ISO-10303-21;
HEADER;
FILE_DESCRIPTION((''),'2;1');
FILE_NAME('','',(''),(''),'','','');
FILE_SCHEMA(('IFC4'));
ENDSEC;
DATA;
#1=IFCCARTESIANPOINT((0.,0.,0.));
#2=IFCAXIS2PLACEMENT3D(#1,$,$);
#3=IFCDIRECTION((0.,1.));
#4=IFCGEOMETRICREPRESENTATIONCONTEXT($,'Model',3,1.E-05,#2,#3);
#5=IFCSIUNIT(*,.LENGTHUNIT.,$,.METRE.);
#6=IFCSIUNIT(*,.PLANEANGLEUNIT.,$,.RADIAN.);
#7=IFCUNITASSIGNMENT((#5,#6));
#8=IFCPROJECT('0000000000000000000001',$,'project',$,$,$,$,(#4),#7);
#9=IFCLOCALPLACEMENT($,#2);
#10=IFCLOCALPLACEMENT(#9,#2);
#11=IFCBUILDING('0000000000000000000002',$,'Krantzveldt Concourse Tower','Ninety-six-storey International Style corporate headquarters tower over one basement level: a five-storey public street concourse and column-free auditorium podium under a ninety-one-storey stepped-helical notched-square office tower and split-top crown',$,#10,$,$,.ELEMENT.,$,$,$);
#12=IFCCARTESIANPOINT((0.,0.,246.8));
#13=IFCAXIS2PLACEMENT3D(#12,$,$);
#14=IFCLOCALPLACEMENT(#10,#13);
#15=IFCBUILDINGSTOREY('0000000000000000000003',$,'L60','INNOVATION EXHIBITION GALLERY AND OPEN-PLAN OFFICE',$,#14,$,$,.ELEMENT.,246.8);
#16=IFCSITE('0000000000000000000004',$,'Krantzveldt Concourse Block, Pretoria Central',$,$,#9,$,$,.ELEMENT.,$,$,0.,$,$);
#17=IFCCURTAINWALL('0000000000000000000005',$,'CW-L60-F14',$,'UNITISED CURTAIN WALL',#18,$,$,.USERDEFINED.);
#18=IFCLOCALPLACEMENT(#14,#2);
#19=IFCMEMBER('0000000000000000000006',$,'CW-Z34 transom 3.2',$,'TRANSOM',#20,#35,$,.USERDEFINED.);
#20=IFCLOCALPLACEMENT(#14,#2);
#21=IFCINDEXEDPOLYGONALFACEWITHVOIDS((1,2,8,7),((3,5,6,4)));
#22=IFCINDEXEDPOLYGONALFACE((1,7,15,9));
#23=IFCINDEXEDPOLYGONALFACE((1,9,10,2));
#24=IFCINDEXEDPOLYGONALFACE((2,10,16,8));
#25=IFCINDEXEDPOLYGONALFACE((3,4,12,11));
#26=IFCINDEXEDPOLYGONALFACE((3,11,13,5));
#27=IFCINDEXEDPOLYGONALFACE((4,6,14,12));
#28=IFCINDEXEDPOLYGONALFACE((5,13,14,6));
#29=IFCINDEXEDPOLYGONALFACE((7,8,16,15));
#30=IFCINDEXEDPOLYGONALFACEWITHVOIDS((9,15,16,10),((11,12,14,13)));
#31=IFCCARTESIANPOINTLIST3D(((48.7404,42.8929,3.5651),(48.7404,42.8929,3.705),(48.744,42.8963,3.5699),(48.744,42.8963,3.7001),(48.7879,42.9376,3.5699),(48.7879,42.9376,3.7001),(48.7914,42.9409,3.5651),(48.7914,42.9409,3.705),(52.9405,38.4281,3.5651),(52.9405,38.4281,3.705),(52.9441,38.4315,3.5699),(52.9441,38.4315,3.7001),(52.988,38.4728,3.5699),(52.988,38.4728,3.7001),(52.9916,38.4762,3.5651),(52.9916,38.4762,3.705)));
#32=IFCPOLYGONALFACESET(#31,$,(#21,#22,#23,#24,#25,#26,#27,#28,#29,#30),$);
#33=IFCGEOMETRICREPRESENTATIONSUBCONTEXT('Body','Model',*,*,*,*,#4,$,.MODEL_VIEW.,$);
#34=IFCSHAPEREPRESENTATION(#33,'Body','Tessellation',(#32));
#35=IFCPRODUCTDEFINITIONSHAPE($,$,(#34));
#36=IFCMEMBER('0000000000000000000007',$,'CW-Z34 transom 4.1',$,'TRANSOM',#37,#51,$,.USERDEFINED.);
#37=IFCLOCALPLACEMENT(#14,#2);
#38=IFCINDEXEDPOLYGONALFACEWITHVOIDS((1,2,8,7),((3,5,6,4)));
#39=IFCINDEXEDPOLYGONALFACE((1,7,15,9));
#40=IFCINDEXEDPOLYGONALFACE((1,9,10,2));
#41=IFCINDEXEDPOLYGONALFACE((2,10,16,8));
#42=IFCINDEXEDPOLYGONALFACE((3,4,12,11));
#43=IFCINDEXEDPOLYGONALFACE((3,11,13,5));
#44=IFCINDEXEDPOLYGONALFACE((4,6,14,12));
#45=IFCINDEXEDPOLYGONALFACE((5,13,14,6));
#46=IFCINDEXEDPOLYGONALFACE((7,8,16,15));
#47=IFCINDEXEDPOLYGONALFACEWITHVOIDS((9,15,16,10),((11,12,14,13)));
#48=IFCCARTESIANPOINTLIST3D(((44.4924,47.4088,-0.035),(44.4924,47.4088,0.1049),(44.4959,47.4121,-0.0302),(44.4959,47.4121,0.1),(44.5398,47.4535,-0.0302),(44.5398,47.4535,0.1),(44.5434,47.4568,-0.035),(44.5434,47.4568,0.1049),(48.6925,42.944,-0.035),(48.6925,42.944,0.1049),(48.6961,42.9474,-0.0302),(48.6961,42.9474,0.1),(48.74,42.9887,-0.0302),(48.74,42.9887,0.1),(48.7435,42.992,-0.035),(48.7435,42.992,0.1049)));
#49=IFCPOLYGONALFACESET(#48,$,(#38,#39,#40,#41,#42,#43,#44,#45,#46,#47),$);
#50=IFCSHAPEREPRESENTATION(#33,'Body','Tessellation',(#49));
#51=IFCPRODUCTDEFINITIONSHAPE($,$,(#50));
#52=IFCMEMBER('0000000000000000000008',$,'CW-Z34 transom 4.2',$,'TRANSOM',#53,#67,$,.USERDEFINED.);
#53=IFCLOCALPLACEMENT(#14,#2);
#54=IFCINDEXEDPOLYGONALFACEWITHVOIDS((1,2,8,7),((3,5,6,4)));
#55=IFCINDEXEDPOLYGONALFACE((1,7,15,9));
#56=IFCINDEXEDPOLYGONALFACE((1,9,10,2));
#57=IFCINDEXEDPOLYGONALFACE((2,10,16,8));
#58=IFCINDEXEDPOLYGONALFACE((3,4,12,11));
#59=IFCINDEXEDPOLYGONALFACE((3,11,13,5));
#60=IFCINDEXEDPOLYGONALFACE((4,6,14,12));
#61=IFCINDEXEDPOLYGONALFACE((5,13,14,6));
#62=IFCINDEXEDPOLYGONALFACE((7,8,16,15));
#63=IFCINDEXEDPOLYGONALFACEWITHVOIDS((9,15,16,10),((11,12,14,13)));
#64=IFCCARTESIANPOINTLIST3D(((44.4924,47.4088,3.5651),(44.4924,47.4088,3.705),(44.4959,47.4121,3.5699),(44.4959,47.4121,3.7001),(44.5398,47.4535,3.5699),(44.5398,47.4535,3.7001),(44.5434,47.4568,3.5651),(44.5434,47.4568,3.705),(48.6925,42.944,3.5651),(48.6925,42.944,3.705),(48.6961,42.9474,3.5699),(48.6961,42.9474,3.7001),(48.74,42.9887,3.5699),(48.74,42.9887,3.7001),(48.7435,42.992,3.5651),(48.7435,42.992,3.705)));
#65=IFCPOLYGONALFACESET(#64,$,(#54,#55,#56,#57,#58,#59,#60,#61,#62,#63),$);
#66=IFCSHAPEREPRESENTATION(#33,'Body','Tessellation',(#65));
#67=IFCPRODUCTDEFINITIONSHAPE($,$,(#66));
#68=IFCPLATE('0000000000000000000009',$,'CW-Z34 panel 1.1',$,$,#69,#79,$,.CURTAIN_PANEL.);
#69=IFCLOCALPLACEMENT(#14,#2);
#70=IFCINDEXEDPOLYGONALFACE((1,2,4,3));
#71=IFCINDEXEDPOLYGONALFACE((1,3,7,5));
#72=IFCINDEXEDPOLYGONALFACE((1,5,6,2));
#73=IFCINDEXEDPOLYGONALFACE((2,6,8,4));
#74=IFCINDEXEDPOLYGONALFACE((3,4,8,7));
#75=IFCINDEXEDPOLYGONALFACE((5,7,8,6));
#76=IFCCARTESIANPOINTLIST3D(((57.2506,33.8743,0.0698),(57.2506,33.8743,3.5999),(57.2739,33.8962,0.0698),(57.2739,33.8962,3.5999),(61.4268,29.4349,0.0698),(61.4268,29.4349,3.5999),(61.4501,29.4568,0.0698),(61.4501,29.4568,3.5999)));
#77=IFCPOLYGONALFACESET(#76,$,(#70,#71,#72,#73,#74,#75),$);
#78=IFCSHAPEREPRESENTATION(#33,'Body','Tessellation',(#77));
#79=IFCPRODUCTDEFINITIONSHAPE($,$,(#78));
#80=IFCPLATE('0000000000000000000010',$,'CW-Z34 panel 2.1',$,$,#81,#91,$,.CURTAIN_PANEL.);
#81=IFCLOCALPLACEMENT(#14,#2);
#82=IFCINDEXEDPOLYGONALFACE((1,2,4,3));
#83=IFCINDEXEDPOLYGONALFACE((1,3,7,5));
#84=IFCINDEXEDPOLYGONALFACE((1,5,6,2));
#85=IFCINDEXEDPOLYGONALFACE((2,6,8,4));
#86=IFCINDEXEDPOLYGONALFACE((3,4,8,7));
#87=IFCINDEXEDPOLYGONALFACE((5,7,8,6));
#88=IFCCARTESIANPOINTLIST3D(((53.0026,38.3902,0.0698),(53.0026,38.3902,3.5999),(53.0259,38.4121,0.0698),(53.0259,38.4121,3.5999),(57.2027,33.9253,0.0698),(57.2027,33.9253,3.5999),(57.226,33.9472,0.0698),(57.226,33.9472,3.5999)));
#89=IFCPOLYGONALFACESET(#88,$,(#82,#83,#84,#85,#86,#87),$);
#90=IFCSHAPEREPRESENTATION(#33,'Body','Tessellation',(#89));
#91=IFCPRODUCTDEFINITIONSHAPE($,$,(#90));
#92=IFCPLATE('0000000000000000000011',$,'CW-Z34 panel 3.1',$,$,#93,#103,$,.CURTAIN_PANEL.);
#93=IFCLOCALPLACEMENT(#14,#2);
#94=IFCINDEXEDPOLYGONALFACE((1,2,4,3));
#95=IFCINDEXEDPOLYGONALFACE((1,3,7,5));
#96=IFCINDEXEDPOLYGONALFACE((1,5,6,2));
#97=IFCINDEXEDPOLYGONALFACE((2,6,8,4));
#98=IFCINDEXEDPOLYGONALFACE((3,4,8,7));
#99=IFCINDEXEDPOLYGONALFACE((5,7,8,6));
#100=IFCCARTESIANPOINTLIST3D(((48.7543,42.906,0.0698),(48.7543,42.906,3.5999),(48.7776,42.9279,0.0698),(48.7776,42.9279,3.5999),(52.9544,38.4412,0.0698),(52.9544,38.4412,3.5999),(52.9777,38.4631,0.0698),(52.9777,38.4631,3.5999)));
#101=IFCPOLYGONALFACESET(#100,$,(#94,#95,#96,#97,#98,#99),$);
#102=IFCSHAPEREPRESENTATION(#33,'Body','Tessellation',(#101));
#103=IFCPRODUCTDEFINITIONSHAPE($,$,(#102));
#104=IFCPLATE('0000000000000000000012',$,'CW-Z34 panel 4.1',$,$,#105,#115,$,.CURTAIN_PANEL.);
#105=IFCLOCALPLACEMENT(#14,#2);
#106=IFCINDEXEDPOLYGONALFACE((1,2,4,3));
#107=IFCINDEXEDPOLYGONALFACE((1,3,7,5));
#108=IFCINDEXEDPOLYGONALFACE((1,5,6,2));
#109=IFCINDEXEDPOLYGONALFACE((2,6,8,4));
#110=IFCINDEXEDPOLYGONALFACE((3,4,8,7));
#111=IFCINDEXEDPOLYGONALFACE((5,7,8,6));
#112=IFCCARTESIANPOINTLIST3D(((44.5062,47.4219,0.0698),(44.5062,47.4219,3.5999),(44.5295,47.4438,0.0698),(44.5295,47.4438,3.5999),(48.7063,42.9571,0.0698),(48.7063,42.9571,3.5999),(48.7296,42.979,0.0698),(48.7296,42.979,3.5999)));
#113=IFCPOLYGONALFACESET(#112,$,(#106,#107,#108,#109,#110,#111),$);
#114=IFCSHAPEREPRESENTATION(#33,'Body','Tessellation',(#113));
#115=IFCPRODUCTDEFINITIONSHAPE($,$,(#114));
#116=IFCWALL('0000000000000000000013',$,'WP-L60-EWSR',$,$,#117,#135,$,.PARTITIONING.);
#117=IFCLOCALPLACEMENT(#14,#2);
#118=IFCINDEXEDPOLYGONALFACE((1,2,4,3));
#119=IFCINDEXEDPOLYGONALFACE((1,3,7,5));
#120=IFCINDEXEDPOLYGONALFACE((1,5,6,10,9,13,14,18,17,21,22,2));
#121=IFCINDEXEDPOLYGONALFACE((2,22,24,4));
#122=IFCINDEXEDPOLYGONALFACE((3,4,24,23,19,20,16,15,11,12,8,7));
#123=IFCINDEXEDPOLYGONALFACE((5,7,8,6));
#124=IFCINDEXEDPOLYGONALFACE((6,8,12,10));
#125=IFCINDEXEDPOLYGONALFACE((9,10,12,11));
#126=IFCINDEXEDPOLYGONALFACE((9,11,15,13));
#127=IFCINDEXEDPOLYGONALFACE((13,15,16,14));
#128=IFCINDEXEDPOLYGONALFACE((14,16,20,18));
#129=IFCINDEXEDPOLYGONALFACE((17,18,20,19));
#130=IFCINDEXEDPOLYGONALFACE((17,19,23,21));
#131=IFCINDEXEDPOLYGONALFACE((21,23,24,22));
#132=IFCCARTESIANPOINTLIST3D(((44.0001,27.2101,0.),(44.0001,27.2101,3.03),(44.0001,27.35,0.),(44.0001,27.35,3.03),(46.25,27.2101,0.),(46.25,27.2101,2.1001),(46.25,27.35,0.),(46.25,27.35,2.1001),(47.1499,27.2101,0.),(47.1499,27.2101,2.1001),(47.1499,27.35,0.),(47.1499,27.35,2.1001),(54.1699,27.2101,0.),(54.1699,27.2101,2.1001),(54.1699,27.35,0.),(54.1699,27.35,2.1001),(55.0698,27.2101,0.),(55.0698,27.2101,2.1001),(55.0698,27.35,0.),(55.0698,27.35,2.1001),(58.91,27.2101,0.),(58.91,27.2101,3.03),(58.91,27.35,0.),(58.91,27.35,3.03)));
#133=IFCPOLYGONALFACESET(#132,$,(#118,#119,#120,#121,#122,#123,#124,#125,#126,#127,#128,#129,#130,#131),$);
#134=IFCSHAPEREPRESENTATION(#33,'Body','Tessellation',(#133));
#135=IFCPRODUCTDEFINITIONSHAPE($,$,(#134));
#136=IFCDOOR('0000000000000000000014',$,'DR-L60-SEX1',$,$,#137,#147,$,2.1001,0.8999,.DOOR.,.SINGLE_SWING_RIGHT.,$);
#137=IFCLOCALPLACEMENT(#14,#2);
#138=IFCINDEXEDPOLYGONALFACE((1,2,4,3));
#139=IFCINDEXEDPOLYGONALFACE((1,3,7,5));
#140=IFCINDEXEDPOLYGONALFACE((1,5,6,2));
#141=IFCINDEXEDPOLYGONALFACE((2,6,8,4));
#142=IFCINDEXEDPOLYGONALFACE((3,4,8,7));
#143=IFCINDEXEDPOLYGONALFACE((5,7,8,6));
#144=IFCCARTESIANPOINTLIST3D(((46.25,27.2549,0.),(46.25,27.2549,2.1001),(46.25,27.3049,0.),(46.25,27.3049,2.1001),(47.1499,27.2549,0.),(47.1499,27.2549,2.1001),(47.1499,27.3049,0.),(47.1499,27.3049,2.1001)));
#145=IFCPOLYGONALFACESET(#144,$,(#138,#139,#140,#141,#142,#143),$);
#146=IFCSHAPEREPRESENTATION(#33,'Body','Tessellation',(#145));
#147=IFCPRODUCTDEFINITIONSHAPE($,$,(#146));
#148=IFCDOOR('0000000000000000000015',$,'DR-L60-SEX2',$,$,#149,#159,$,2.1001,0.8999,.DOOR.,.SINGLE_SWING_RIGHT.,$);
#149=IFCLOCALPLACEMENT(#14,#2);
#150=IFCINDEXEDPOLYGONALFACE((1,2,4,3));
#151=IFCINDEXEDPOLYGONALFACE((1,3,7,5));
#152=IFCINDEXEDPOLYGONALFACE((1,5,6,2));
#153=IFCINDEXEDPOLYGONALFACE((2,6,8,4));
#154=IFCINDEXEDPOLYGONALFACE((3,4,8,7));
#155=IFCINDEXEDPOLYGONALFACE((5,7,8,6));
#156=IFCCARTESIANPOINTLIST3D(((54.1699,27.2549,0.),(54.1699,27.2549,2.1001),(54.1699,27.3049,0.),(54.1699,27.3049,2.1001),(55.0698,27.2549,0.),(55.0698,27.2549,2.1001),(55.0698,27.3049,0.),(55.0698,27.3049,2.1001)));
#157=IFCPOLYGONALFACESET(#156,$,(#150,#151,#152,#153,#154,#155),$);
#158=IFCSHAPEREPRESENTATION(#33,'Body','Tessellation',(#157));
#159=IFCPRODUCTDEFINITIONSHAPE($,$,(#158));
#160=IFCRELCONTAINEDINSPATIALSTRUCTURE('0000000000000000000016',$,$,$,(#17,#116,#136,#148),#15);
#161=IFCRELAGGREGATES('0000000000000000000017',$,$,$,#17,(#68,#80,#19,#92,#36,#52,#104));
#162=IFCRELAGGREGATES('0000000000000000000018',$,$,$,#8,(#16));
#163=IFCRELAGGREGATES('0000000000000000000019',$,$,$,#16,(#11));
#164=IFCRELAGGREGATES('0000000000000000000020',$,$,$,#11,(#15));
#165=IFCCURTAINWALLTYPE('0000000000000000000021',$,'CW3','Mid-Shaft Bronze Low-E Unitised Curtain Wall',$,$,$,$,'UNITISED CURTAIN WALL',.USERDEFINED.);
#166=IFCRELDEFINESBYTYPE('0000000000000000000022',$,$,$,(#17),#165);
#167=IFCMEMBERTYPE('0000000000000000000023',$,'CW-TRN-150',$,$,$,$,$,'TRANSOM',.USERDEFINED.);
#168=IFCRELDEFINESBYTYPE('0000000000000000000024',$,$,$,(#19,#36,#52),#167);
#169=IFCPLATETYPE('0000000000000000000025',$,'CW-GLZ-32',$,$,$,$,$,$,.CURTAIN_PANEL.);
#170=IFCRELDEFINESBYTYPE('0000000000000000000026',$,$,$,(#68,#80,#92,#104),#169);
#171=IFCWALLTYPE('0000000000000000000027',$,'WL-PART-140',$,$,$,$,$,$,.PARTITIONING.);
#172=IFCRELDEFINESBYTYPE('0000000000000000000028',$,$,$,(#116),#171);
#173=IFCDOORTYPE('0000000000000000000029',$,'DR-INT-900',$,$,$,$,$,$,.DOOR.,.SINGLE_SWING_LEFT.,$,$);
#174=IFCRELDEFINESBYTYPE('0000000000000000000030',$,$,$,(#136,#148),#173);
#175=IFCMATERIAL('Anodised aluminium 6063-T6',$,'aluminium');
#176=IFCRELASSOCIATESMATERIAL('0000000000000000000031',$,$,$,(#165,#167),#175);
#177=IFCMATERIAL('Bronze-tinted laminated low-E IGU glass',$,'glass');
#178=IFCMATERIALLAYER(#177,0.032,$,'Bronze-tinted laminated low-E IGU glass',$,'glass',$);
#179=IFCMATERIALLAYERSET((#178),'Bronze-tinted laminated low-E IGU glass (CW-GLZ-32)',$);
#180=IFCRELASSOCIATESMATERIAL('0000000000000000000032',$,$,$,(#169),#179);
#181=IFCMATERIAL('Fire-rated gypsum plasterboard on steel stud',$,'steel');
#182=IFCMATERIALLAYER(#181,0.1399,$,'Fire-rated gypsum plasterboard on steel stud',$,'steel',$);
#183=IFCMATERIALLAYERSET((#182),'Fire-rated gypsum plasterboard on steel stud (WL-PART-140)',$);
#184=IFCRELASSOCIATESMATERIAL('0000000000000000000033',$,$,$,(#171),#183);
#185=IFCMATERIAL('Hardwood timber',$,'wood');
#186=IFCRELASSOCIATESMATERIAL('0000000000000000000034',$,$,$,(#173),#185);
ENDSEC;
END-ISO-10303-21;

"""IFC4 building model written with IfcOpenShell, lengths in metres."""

from ifc_helpers import new_model, si_unit, direction, frame, frame_2d, origin, origin_2d, place, context, subcontext, project, spatial, rectangle, hollow_rectangle, extrude, source, transform, mapped, material, layer, layer_set, material_profile, profile_set, type_object, type_shapes, element, fill, aggregate, save


model = new_model("IFC4")

# Units and contexts
model_context = context("Model", 3, precision=1e-05, world=origin(), true_north=direction((0.0, 1.0)))
body_context = subcontext(model_context, "Body", "Model", "MODEL_VIEW")
ifc_project = project(units=[si_unit("LENGTHUNIT", "METRE"), si_unit("PLANEANGLEUNIT", "RADIAN")], contexts=[model_context])

# Site, building, storey
site_placement = place(None, origin())
site = spatial("IfcSite", under=ifc_project, at=site_placement, Name="Krantzveldt Concourse Block, Pretoria Central", CompositionType="ELEMENT", RefElevation=0.0)
building_placement = place(site_placement, origin())
building = spatial("IfcBuilding", under=site, at=building_placement, Name="Krantzveldt Concourse Tower", Description="Ninety-six-storey International Style corporate headquarters tower over one basement level: a five-storey public street concourse and column-free auditorium podium under a ninety-one-storey stepped-helical notched-square office tower and split-top crown", CompositionType="ELEMENT")
storey_placement = place(building_placement, frame((0.0, 0.0, 246.8)))
storey = spatial("IfcBuildingStorey", under=building, at=storey_placement, Name="L60", Description="INNOVATION EXHIBITION GALLERY AND OPEN-PLAN OFFICE", CompositionType="ELEMENT", Elevation=246.8)

# Curtain wall, members, plates
ifc_material_1 = material(Name="Anodised aluminium 6063-T6", Category="aluminium")
curtain_wall_type = type_object("IfcCurtainWallType", Name="CW3", Description="Mid-Shaft Bronze Low-E Unitised Curtain Wall", ElementType="UNITISED CURTAIN WALL", PredefinedType="USERDEFINED", material=ifc_material_1)
curtain_wall_placement = place(storey_placement, origin())
curtain_wall = element("IfcCurtainWall", 1, at=curtain_wall_placement, inside=storey, type_object=curtain_wall_type, Name="CW-L60-F14", ObjectType="UNITISED CURTAIN WALL", PredefinedType="USERDEFINED")
ifc_material_profile_1 = material_profile(ifc_material_1, hollow_rectangle(XDim=0.0701, YDim=0.1399, WallThickness=0.0049, at=origin_2d()), Name="Anodised aluminium 6063-T6", Category="aluminium")
ifc_profile_set_1 = profile_set([ifc_material_profile_1], Name="Anodised aluminium 6063-T6 - ALU-TRAN 140x70x5")
member_type_1 = type_object("IfcMemberType", Name="CW-TRN-150", ElementType="TRANSOM", PredefinedType="USERDEFINED", material=ifc_profile_set_1)
shared_shape_1 = source(origin(), body_context, "Body", "SweptSolid", [
    extrude(hollow_rectangle(XDim=0.0701, YDim=0.1399, WallThickness=0.0049, at=origin_2d()), origin(), (0.0, 0.0, 1.0), 6.1299),
])
member_1_placement = place(storey_placement, frame((52.9661, 38.4521, 3.635), z_axis=(-0.685191, 0.728364, 0.0), x_axis=(-0.728364, -0.685191, 0.0)))
member_1 = element("IfcMember", 2, at=member_1_placement, type_object=member_type_1, Name="CW-Z34 transom 3.2", ObjectType="TRANSOM", PredefinedType="USERDEFINED", context=body_context, shape_type="MappedRepresentation", body=[
    mapped(shared_shape_1, transform((0.0, 0.0, 0.0), x_axis=(1.0, 0.0, 0.0), y_axis=(0.0, 1.0, 0.0), z_axis=(0.0, 0.0, 1.0), scale=1.0)),
])
member_2_placement = place(storey_placement, frame((48.718, 42.968, 0.0349), z_axis=(-0.685191, 0.728364, 0.0), x_axis=(-0.728364, -0.685191, 0.0)))
member_2 = element("IfcMember", 3, at=member_2_placement, type_object=member_type_1, Name="CW-Z34 transom 4.1", ObjectType="TRANSOM", PredefinedType="USERDEFINED", context=body_context, shape_type="MappedRepresentation", body=[
    mapped(shared_shape_1, transform((0.0, 0.0, 0.0), x_axis=(1.0, 0.0, 0.0), y_axis=(0.0, 1.0, 0.0), z_axis=(0.0, 0.0, 1.0), scale=1.0)),
])
member_3_placement = place(storey_placement, frame((48.718, 42.968, 3.635), z_axis=(-0.685191, 0.728364, 0.0), x_axis=(-0.728364, -0.685191, 0.0)))
member_3 = element("IfcMember", 4, at=member_3_placement, type_object=member_type_1, Name="CW-Z34 transom 4.2", ObjectType="TRANSOM", PredefinedType="USERDEFINED", context=body_context, shape_type="MappedRepresentation", body=[
    mapped(shared_shape_1, transform((0.0, 0.0, 0.0), x_axis=(1.0, 0.0, 0.0), y_axis=(0.0, 1.0, 0.0), z_axis=(0.0, 0.0, 1.0), scale=1.0)),
])
ifc_material_2 = material(Name="Bronze-tinted laminated low-E IGU glass", Category="glass")
ifc_layer_1 = layer(ifc_material_2, 0.032, Name="Bronze-tinted laminated low-E IGU glass", Category="glass")
ifc_layer_set_1 = layer_set([ifc_layer_1], Name="Bronze-tinted laminated low-E IGU glass (CW-GLZ-32)")
plate_type = type_object("IfcPlateType", Name="CW-GLZ-32", PredefinedType="CURTAIN_PANEL", material=ifc_layer_set_1)
shared_shape_2 = source(origin(), body_context, "Body", "SweptSolid", [
    extrude(rectangle(XDim=6.095, YDim=0.032, at=origin_2d()), origin(), (0.0, 0.0, 1.0), 3.53),
])
plate_1_placement = place(storey_placement, frame((59.3503, 31.6655, 0.0698), z_axis=(0.0, 0.0, 1.0), x_axis=(-0.685183, 0.728371, 0.0)))
plate_1 = element("IfcPlate", 5, at=plate_1_placement, type_object=plate_type, Name="CW-Z34 panel 1.1", PredefinedType="CURTAIN_PANEL", context=body_context, shape_type="MappedRepresentation", body=[
    mapped(shared_shape_2, transform((0.0, 0.0, 0.0), x_axis=(1.0, 0.0, 0.0), y_axis=(0.0, 1.0, 0.0), z_axis=(0.0, 0.0, 1.0), scale=1.0)),
])
shared_shape_3 = source(origin(), body_context, "Body", "SweptSolid", [
    extrude(rectangle(XDim=6.1299, YDim=0.032, at=origin_2d()), origin(), (0.0, 0.0, 1.0), 3.53),
])
type_shapes(plate_type, [shared_shape_2, shared_shape_3])
plate_2_placement = place(storey_placement, frame((55.1143, 36.1687, 0.0698), z_axis=(0.0, 0.0, 1.0), x_axis=(-0.685183, 0.728371, 0.0)))
plate_2 = element("IfcPlate", 6, at=plate_2_placement, type_object=plate_type, Name="CW-Z34 panel 2.1", PredefinedType="CURTAIN_PANEL", context=body_context, shape_type="MappedRepresentation", body=[
    mapped(shared_shape_3, transform((0.0, 0.0, 0.0), x_axis=(1.0, 0.0, 0.0), y_axis=(0.0, 1.0, 0.0), z_axis=(0.0, 0.0, 1.0), scale=1.0)),
])
plate_3_placement = place(storey_placement, frame((50.866, 40.6846, 0.0698), z_axis=(0.0, 0.0, 1.0), x_axis=(-0.685183, 0.728371, 0.0)))
plate_3 = element("IfcPlate", 7, at=plate_3_placement, type_object=plate_type, Name="CW-Z34 panel 3.1", PredefinedType="CURTAIN_PANEL", context=body_context, shape_type="MappedRepresentation", body=[
    mapped(shared_shape_3, transform((0.0, 0.0, 0.0), x_axis=(1.0, 0.0, 0.0), y_axis=(0.0, 1.0, 0.0), z_axis=(0.0, 0.0, 1.0), scale=1.0)),
])
plate_4_placement = place(storey_placement, frame((46.6179, 45.2004, 0.0698), z_axis=(0.0, 0.0, 1.0), x_axis=(-0.685183, 0.728371, 0.0)))
plate_4 = element("IfcPlate", 8, at=plate_4_placement, type_object=plate_type, Name="CW-Z34 panel 4.1", PredefinedType="CURTAIN_PANEL", context=body_context, shape_type="MappedRepresentation", body=[
    mapped(shared_shape_3, transform((0.0, 0.0, 0.0), x_axis=(1.0, 0.0, 0.0), y_axis=(0.0, 1.0, 0.0), z_axis=(0.0, 0.0, 1.0), scale=1.0)),
])
aggregate(curtain_wall, [plate_1, plate_2, member_1, plate_3, member_2, member_3, plate_4])

# Wall, openings, doors
ifc_material_3 = material(Name="Fire-rated gypsum plasterboard on steel stud", Category="steel")
ifc_layer_2 = layer(ifc_material_3, 0.1399, Name="Fire-rated gypsum plasterboard on steel stud", Category="steel")
ifc_layer_set_2 = layer_set([ifc_layer_2], Name="Fire-rated gypsum plasterboard on steel stud (WL-PART-140)")
wall_type = type_object("IfcWallType", Name="WL-PART-140", PredefinedType="PARTITIONING", material=ifc_layer_set_2)
wall_placement = place(storey_placement, frame((44.0, 27.28, 0.0), z_axis=(0.0, 0.0, 1.0), x_axis=(1.0, 0.0, 0.0)))
wall = element("IfcWall", 9, at=wall_placement, inside=storey, type_object=wall_type, Name="WP-L60-EWSR", PredefinedType="PARTITIONING", context=body_context, shape_type="SweptSolid", body=[
    extrude(rectangle(XDim=14.9099, YDim=0.1399, at=frame_2d((7.4551, 0.0))), origin(), (0.0, 0.0, 1.0), 3.03),
])
opening_1_placement = place(wall_placement, frame((2.25, 0.0, 0.0)))
opening_1 = element("IfcOpeningElement", 10, at=opening_1_placement, cuts=wall, PredefinedType="OPENING", context=body_context, shape_type="SweptSolid", body=[
    extrude(rectangle(XDim=0.8999, YDim=2.1001, at=frame_2d((0.45, 1.05))), frame((0.0, 0.0801, 0.0), z_axis=(0.0, -1.0, 0.0), x_axis=(1.0, 0.0, 0.0)), (0.0, 0.0, 1.0), 0.1599),
])
opening_2_placement = place(wall_placement, frame((10.1699, 0.0, 0.0)))
opening_2 = element("IfcOpeningElement", 11, at=opening_2_placement, cuts=wall, PredefinedType="OPENING", context=body_context, shape_type="SweptSolid", body=[
    extrude(rectangle(XDim=0.8999, YDim=2.1001, at=frame_2d((0.45, 1.05))), frame((0.0, 0.0801, 0.0), z_axis=(0.0, -1.0, 0.0), x_axis=(1.0, 0.0, 0.0)), (0.0, 0.0, 1.0), 0.1599),
])
ifc_material_4 = material(Name="Hardwood timber", Category="wood")
door_type = type_object("IfcDoorType", Name="DR-INT-900", OperationType="SINGLE_SWING_LEFT", PredefinedType="DOOR", material=ifc_material_4)
door_1_placement = place(opening_1_placement, origin())
door_1 = element("IfcDoor", 12, at=door_1_placement, inside=storey, type_object=door_type, Name="DR-L60-SEX1", OperationType="SINGLE_SWING_RIGHT", OverallHeight=2.1001, OverallWidth=0.8999, PredefinedType="DOOR", context=body_context, shape_type="SweptSolid", body=[
    extrude(rectangle(XDim=0.8999, YDim=2.1001, at=frame_2d((0.45, 1.05))), frame((0.0, 0.0249, 0.0), z_axis=(0.0, -1.0, 0.0), x_axis=(1.0, 0.0, 0.0)), (0.0, 0.0, 1.0), 0.05),
])
fill(opening_1, door_1)
door_2_placement = place(opening_2_placement, origin())
door_2 = element("IfcDoor", 13, at=door_2_placement, inside=storey, type_object=door_type, Name="DR-L60-SEX2", OperationType="SINGLE_SWING_RIGHT", OverallHeight=2.1001, OverallWidth=0.8999, PredefinedType="DOOR", context=body_context, shape_type="SweptSolid", body=[
    extrude(rectangle(XDim=0.8999, YDim=2.1001, at=frame_2d((0.45, 1.05))), frame((0.0, 0.0249, 0.0), z_axis=(0.0, -1.0, 0.0), x_axis=(1.0, 0.0, 0.0)), (0.0, 0.0, 1.0), 0.05),
])
fill(opening_2, door_2)

save(model, "model.ifc")
